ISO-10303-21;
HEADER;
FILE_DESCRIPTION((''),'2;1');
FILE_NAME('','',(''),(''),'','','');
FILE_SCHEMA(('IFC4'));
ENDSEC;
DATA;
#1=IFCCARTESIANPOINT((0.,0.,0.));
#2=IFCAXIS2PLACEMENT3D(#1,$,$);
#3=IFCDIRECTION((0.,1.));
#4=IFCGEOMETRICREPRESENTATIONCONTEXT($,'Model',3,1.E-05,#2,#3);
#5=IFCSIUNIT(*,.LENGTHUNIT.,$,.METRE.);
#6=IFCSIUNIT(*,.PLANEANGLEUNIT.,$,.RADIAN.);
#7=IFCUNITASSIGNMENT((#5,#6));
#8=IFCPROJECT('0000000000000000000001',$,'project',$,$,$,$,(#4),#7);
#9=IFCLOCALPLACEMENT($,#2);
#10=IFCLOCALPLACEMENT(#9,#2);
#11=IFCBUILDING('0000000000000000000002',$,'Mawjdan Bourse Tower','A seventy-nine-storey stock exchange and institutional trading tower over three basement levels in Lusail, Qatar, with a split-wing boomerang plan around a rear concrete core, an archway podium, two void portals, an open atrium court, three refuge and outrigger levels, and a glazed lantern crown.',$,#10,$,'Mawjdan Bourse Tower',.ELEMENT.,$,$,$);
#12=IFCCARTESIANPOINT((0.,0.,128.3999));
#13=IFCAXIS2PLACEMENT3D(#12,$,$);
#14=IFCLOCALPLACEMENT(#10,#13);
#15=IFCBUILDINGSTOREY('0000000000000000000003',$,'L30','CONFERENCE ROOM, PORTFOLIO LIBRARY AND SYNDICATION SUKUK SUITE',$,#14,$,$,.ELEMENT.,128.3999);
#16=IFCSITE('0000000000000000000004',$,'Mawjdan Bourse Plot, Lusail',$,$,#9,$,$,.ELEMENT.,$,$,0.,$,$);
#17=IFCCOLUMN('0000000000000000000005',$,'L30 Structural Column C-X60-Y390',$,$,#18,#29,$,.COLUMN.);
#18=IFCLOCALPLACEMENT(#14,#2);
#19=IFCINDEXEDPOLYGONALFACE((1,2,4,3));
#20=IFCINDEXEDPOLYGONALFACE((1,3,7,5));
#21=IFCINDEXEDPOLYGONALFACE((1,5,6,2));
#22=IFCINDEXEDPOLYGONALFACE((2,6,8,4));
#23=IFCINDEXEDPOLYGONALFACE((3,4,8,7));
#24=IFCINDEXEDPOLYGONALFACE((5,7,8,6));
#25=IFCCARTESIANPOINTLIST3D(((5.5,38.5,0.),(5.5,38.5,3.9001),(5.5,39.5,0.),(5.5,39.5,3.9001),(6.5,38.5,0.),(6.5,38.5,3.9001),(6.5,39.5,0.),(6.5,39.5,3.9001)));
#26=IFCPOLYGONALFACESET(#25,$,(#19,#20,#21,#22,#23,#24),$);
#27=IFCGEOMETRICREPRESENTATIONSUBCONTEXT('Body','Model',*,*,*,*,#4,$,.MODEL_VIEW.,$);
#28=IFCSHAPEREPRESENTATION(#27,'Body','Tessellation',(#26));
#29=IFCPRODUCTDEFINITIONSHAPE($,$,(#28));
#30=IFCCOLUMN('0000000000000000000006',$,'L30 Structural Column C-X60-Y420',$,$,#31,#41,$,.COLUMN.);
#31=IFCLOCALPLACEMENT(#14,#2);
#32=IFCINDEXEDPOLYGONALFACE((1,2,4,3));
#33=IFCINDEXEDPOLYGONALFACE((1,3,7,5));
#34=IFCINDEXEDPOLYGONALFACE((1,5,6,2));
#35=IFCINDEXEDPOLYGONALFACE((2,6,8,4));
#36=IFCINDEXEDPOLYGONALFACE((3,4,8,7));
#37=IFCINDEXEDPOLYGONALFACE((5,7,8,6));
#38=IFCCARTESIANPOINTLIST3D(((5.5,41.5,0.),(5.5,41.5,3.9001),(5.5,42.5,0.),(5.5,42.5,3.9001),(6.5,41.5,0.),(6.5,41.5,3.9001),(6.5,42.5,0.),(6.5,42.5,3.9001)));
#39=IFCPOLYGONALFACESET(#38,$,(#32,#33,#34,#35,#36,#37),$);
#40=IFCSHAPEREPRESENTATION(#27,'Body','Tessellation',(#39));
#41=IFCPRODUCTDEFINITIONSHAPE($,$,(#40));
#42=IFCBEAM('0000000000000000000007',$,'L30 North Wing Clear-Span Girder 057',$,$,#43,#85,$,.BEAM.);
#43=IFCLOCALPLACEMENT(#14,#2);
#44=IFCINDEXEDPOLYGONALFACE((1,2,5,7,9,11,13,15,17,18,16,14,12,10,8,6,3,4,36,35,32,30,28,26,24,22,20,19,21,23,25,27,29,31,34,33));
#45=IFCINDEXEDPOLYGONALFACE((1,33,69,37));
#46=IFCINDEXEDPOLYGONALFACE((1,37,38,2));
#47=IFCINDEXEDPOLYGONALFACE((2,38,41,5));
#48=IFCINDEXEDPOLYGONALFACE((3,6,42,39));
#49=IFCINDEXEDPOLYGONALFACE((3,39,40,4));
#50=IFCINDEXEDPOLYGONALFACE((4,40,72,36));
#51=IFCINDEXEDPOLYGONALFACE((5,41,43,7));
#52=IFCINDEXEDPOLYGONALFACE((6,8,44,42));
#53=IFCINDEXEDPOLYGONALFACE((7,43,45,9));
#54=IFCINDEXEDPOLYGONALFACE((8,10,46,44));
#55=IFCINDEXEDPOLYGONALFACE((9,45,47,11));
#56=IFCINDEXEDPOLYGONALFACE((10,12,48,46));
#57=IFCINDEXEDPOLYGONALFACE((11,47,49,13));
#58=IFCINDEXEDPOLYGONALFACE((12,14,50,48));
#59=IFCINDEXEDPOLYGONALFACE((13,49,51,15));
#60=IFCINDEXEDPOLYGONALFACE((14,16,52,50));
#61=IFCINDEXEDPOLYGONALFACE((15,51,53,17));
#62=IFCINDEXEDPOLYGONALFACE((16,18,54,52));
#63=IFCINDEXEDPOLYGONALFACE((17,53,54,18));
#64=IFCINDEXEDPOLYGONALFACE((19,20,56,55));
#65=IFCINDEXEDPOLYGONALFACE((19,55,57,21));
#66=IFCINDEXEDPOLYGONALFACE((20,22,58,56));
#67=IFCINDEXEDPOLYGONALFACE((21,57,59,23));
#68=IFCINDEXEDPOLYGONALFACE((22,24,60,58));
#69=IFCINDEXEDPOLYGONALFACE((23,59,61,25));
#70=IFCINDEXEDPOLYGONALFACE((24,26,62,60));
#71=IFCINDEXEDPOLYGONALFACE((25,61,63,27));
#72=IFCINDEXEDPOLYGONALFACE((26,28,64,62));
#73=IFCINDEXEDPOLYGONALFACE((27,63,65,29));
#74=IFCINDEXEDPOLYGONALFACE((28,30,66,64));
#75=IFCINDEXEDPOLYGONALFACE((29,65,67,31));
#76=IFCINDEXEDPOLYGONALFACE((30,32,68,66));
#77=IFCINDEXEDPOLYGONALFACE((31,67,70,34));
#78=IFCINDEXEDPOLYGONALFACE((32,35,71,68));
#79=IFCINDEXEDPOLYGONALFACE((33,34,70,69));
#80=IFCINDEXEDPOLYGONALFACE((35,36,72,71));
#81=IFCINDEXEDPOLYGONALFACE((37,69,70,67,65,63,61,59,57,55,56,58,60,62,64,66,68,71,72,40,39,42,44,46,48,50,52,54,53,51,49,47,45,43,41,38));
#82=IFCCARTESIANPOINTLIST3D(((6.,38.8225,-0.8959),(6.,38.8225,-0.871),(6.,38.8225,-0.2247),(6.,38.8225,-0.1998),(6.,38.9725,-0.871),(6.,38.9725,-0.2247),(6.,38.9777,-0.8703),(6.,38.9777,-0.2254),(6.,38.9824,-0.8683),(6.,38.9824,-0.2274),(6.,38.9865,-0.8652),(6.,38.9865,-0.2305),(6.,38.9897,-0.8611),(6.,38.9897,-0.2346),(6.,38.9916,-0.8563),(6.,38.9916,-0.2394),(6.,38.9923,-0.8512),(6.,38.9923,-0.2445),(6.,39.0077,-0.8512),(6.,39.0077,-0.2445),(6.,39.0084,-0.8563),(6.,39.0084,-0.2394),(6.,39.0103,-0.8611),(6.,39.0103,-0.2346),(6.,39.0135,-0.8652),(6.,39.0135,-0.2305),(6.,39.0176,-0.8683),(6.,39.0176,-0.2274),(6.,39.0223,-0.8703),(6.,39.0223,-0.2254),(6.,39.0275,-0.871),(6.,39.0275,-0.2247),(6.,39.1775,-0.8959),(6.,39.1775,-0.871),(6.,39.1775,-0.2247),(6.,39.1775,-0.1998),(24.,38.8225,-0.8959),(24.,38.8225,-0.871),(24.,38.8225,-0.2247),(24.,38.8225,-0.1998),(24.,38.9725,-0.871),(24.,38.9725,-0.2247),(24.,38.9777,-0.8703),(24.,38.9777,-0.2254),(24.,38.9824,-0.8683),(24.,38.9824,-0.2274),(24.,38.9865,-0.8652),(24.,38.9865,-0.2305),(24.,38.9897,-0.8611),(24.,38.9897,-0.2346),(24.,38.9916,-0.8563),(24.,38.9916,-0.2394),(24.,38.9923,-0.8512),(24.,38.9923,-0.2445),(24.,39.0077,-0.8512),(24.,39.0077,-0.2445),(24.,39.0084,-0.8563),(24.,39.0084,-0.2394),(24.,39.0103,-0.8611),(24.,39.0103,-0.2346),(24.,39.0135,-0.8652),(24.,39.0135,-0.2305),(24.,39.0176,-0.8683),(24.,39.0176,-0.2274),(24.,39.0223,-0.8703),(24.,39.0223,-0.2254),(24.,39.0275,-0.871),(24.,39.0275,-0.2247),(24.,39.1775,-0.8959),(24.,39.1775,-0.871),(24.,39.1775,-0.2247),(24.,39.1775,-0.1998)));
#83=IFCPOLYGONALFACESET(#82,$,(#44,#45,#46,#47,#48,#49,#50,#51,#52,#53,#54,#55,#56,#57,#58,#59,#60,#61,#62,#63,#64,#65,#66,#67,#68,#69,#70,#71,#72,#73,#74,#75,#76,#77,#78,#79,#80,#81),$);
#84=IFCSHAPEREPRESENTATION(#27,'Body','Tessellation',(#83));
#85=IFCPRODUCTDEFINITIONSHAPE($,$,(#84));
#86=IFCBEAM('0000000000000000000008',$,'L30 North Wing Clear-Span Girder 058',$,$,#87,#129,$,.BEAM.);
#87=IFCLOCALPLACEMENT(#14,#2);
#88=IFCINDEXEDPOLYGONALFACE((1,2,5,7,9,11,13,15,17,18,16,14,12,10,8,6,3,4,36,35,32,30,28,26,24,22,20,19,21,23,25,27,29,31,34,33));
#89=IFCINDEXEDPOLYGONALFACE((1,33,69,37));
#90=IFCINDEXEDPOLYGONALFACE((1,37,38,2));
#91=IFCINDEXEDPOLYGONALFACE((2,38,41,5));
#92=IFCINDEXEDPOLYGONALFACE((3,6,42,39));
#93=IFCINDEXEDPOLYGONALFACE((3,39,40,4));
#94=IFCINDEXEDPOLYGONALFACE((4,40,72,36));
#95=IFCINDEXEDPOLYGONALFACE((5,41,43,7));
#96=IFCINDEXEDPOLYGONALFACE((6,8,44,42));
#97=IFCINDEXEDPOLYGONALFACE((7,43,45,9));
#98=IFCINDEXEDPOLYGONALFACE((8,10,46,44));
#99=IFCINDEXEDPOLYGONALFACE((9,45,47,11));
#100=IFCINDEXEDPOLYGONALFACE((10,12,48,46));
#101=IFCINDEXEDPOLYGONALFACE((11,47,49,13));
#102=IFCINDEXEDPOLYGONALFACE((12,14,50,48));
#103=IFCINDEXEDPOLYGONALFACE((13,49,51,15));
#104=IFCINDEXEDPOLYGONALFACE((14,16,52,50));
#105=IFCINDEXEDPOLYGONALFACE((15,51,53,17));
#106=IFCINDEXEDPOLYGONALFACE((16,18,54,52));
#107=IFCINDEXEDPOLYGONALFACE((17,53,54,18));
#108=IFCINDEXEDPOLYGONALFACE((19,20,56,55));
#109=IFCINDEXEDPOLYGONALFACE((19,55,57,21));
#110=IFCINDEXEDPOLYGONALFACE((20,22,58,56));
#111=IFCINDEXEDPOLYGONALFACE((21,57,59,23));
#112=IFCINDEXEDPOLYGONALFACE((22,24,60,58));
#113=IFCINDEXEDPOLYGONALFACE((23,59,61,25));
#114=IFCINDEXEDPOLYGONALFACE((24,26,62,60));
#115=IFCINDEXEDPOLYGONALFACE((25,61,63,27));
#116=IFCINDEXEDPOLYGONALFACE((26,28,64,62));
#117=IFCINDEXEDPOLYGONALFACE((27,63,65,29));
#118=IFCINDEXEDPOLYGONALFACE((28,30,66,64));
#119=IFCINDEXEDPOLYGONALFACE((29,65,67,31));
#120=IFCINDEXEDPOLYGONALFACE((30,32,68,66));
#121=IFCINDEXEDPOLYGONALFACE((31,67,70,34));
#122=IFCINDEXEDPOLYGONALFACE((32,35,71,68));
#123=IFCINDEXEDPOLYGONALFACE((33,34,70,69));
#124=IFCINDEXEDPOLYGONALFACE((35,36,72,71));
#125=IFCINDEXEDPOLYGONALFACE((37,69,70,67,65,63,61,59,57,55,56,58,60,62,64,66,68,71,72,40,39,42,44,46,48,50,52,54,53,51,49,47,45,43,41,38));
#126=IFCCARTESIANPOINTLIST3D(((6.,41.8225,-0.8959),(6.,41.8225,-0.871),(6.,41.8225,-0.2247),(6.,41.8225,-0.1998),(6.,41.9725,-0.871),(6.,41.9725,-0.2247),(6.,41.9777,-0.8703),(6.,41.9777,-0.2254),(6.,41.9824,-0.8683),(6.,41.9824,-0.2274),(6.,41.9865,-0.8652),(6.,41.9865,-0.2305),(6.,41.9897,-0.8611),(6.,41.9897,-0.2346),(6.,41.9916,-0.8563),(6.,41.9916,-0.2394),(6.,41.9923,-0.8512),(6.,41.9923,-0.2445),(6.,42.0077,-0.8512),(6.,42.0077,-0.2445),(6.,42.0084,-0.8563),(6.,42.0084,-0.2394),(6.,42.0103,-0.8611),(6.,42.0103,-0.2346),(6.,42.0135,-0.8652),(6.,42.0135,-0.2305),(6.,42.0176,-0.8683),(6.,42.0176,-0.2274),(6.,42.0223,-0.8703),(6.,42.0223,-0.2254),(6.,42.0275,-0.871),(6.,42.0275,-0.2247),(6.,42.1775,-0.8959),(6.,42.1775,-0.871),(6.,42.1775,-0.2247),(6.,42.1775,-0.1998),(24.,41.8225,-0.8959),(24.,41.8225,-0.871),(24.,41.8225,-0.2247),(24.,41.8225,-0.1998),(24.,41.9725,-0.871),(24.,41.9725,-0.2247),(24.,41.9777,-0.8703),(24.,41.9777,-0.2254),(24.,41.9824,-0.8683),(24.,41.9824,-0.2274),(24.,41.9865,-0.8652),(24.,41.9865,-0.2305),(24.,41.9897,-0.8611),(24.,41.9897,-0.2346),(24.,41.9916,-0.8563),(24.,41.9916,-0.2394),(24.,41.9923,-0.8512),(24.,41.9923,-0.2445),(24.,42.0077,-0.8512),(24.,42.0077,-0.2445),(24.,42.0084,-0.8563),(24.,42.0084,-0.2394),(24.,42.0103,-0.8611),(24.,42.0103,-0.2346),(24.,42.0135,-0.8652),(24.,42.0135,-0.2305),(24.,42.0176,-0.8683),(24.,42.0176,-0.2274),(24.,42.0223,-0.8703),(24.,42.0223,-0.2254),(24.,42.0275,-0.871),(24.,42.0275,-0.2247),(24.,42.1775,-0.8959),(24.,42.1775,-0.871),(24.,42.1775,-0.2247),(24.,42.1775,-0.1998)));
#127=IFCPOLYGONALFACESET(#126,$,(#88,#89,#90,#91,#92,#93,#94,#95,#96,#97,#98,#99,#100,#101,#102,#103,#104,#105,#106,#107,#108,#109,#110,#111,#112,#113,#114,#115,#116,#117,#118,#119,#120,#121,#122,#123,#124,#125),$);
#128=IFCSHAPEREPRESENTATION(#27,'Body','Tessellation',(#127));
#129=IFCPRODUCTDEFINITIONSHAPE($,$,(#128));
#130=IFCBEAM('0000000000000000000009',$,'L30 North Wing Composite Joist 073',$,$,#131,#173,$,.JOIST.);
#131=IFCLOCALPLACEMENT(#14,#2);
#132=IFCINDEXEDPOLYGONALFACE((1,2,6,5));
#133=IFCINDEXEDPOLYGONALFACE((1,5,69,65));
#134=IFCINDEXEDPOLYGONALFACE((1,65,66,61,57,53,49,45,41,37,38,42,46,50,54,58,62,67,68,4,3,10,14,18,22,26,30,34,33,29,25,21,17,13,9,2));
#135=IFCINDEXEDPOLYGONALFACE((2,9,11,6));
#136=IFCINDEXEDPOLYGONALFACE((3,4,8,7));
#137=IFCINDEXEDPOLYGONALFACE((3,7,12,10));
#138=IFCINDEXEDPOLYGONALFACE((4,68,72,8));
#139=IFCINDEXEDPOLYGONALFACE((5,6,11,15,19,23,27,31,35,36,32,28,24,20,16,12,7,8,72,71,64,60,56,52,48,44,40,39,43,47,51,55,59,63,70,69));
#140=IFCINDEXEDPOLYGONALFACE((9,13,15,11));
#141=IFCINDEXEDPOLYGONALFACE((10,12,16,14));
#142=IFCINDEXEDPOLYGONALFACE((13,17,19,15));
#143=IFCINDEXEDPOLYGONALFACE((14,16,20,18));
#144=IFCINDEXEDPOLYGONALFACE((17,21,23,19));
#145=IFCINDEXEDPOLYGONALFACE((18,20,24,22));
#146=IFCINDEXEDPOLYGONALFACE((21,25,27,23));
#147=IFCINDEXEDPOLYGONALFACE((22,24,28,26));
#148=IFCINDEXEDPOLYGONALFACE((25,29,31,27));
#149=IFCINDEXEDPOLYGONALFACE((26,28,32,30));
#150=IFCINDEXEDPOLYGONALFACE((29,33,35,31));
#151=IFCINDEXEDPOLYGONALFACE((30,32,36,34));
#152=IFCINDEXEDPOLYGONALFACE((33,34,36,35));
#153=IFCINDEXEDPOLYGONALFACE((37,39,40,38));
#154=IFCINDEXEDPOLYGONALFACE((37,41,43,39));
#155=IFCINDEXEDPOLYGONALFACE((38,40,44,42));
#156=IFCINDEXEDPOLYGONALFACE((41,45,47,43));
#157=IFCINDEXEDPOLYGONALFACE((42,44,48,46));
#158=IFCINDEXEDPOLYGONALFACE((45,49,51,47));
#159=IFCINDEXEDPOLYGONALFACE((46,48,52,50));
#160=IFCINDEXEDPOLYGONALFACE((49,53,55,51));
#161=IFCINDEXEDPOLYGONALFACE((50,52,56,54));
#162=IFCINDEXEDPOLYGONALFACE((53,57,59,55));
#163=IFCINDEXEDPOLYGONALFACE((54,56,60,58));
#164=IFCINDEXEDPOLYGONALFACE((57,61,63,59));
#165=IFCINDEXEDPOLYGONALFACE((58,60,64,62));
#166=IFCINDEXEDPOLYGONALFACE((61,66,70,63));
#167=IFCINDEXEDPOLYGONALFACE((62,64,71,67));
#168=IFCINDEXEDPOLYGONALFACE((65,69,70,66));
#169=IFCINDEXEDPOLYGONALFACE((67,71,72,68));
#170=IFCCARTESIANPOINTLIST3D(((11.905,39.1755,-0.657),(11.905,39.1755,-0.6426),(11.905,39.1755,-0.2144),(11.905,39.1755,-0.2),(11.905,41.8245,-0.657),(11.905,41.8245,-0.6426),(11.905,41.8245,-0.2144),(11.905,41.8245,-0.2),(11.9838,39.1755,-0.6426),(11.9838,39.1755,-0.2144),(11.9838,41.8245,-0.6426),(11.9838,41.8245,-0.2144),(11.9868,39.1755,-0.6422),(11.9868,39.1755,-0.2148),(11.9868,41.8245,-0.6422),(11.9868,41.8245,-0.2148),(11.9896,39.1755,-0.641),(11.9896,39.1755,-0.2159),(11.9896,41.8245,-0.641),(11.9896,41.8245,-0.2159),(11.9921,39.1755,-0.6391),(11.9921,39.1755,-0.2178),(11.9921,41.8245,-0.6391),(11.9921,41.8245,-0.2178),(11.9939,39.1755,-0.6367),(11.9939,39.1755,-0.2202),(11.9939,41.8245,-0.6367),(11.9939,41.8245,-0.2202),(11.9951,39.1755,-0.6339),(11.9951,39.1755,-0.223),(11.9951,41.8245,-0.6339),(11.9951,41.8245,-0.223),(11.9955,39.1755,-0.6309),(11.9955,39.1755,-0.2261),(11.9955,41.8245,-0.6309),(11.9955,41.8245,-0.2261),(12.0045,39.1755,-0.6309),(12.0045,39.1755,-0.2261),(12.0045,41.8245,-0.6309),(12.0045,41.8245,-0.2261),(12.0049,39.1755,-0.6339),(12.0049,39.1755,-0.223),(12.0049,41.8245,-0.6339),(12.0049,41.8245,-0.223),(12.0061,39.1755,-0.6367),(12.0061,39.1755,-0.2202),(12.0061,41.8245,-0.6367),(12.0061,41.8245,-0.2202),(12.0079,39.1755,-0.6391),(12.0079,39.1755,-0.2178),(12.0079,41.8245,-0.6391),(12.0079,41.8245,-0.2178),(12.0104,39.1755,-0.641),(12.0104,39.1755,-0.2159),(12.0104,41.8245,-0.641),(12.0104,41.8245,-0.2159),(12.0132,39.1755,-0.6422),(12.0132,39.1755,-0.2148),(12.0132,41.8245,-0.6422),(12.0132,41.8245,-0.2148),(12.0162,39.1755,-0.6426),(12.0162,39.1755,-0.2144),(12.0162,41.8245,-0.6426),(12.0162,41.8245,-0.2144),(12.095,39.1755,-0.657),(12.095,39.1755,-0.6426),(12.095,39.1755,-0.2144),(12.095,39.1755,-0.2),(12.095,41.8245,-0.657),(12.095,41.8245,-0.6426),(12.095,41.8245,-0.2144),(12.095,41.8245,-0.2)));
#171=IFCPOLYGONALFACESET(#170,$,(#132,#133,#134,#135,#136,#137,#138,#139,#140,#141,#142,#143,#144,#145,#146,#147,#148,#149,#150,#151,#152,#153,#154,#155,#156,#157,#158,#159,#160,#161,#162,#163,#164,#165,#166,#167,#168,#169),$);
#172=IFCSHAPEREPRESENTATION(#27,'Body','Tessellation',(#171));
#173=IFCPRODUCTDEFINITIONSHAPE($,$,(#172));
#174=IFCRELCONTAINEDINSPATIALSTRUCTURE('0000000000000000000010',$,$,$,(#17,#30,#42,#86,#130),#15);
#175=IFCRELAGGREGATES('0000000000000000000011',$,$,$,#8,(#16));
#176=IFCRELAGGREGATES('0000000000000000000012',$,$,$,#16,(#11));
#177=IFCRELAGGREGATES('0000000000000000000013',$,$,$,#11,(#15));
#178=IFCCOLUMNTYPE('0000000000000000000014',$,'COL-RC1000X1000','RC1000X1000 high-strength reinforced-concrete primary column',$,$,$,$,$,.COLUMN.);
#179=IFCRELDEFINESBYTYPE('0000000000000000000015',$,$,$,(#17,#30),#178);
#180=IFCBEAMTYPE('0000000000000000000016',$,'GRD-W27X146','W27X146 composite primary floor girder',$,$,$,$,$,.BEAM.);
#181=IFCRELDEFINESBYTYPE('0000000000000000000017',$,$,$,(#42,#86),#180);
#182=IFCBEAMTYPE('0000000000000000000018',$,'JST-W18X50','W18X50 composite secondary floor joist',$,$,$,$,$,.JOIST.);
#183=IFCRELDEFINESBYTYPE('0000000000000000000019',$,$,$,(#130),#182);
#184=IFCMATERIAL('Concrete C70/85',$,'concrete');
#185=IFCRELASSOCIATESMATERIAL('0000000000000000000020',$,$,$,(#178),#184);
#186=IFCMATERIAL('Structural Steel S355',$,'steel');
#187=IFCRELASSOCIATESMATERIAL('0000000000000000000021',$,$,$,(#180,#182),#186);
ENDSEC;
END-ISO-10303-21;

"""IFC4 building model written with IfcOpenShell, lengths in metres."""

from ifc_helpers import new_model, si_unit, direction, frame, origin, origin_2d, place, context, subcontext, project, spatial, rectangle, i_section, extrude, material, material_profile, profile_set, type_object, element, save


model = new_model("IFC4")

# Units and contexts
model_context = context("Model", 3, precision=1e-05, world=origin(), true_north=direction((0.0, 1.0)))
body_context = subcontext(model_context, "Body", "Model", "MODEL_VIEW")
ifc_project = project(units=[si_unit("LENGTHUNIT", "METRE"), si_unit("PLANEANGLEUNIT", "RADIAN")], contexts=[model_context])

# Site, building, storey
site_placement = place(None, origin())
site = spatial("IfcSite", under=ifc_project, at=site_placement, Name="Mawjdan Bourse Plot, Lusail", CompositionType="ELEMENT", RefElevation=0.0)
building_placement = place(site_placement, origin())
building = spatial("IfcBuilding", under=site, at=building_placement, Name="Mawjdan Bourse Tower", Description="A seventy-nine-storey stock exchange and institutional trading tower over three basement levels in Lusail, Qatar, with a split-wing boomerang plan around a rear concrete core, an archway podium, two void portals, an open atrium court, three refuge and outrigger levels, and a glazed lantern crown.", LongName="Mawjdan Bourse Tower", CompositionType="ELEMENT")
storey_placement = place(building_placement, frame((0.0, 0.0, 128.3999)))
storey = spatial("IfcBuildingStorey", under=building, at=storey_placement, Name="L30", Description="CONFERENCE ROOM, PORTFOLIO LIBRARY AND SYNDICATION SUKUK SUITE", CompositionType="ELEMENT", Elevation=128.3999)

# Columns
ifc_material_1 = material(Name="Concrete C70/85", Category="concrete")
ifc_material_profile_1 = material_profile(ifc_material_1, rectangle(XDim=1.0, YDim=1.0, at=origin_2d()), Name="RC1000X1000")
ifc_profile_set_1 = profile_set([ifc_material_profile_1], Name="Concrete C70/85")
column_type = type_object("IfcColumnType", Name="COL-RC1000X1000", Description="RC1000X1000 high-strength reinforced-concrete primary column", PredefinedType="COLUMN", material=ifc_profile_set_1)
for number, where, z_axis, x_axis, name in (
    (1, (6.0, 39.0, 0.0), (0.0, 0.0, 1.0), (1.0, 0.0, 0.0), "L30 Structural Column C-X60-Y390"),
    (2, (6.0, 42.0, 0.0), (0.0, 0.0, 1.0), (1.0, 0.0, 0.0), "L30 Structural Column C-X60-Y420"),
):
    element("IfcColumn", number, at=place(storey_placement, frame(where, z_axis=z_axis, x_axis=x_axis)), inside=storey, type_object=column_type, Name=name, PredefinedType="COLUMN", context=body_context, shape_type="SweptSolid", body=[
        extrude(rectangle(XDim=1.0, YDim=1.0, at=origin_2d()), origin(), (0.0, 0.0, 1.0), 3.9001),
    ])

# Beams
ifc_material_2 = material(Name="Structural Steel S355", Category="steel")
ifc_material_profile_2 = material_profile(ifc_material_2, i_section(OverallWidth=0.355, OverallDepth=0.696, WebThickness=0.0154, FlangeThickness=0.0249, FilletRadius=0.0198, at=origin_2d()), Name="W27X146")
ifc_profile_set_2 = profile_set([ifc_material_profile_2], Name="Structural Steel S355")
beam_type_1 = type_object("IfcBeamType", Name="GRD-W27X146", Description="W27X146 composite primary floor girder", PredefinedType="BEAM", material=ifc_profile_set_2)
for number, where, z_axis, x_axis, name in (
    (3, (6.0, 39.0, -0.5479), (1.0, 0.0, 0.0), (0.0, 1.0, 0.0), "L30 North Wing Clear-Span Girder 057"),
    (4, (6.0, 42.0, -0.5479), (1.0, 0.0, 0.0), (0.0, 1.0, 0.0), "L30 North Wing Clear-Span Girder 058"),
):
    element("IfcBeam", number, at=place(storey_placement, frame(where, z_axis=z_axis, x_axis=x_axis)), inside=storey, type_object=beam_type_1, Name=name, PredefinedType="BEAM", context=body_context, shape_type="SweptSolid", body=[
        extrude(i_section(OverallWidth=0.355, OverallDepth=0.696, WebThickness=0.0154, FlangeThickness=0.0249, FilletRadius=0.0198, at=origin_2d()), origin(), (0.0, 0.0, 1.0), 18.0),
    ])
ifc_material_profile_3 = material_profile(ifc_material_2, i_section(OverallWidth=0.1899, OverallDepth=0.457, WebThickness=0.009, FlangeThickness=0.0144, FilletRadius=0.0117, at=origin_2d()), Name="W18X50")
ifc_profile_set_3 = profile_set([ifc_material_profile_3], Name="Structural Steel S355")
beam_type_2 = type_object("IfcBeamType", Name="JST-W18X50", Description="W18X50 composite secondary floor joist", PredefinedType="JOIST", material=ifc_profile_set_3)
for number, where, z_axis, x_axis, name in (
    (5, (12.0, 39.1755, -0.4285), (0.0, 1.0, 0.0), (-1.0, 0.0, 0.0), "L30 North Wing Composite Joist 073"),
):
    element("IfcBeam", number, at=place(storey_placement, frame(where, z_axis=z_axis, x_axis=x_axis)), inside=storey, type_object=beam_type_2, Name=name, PredefinedType="JOIST", context=body_context, shape_type="SweptSolid", body=[
        extrude(i_section(OverallWidth=0.1899, OverallDepth=0.457, WebThickness=0.009, FlangeThickness=0.0144, FilletRadius=0.0117, at=origin_2d()), origin(), (0.0, 0.0, 1.0), 2.6489),
    ])

save(model, "model.ifc")
